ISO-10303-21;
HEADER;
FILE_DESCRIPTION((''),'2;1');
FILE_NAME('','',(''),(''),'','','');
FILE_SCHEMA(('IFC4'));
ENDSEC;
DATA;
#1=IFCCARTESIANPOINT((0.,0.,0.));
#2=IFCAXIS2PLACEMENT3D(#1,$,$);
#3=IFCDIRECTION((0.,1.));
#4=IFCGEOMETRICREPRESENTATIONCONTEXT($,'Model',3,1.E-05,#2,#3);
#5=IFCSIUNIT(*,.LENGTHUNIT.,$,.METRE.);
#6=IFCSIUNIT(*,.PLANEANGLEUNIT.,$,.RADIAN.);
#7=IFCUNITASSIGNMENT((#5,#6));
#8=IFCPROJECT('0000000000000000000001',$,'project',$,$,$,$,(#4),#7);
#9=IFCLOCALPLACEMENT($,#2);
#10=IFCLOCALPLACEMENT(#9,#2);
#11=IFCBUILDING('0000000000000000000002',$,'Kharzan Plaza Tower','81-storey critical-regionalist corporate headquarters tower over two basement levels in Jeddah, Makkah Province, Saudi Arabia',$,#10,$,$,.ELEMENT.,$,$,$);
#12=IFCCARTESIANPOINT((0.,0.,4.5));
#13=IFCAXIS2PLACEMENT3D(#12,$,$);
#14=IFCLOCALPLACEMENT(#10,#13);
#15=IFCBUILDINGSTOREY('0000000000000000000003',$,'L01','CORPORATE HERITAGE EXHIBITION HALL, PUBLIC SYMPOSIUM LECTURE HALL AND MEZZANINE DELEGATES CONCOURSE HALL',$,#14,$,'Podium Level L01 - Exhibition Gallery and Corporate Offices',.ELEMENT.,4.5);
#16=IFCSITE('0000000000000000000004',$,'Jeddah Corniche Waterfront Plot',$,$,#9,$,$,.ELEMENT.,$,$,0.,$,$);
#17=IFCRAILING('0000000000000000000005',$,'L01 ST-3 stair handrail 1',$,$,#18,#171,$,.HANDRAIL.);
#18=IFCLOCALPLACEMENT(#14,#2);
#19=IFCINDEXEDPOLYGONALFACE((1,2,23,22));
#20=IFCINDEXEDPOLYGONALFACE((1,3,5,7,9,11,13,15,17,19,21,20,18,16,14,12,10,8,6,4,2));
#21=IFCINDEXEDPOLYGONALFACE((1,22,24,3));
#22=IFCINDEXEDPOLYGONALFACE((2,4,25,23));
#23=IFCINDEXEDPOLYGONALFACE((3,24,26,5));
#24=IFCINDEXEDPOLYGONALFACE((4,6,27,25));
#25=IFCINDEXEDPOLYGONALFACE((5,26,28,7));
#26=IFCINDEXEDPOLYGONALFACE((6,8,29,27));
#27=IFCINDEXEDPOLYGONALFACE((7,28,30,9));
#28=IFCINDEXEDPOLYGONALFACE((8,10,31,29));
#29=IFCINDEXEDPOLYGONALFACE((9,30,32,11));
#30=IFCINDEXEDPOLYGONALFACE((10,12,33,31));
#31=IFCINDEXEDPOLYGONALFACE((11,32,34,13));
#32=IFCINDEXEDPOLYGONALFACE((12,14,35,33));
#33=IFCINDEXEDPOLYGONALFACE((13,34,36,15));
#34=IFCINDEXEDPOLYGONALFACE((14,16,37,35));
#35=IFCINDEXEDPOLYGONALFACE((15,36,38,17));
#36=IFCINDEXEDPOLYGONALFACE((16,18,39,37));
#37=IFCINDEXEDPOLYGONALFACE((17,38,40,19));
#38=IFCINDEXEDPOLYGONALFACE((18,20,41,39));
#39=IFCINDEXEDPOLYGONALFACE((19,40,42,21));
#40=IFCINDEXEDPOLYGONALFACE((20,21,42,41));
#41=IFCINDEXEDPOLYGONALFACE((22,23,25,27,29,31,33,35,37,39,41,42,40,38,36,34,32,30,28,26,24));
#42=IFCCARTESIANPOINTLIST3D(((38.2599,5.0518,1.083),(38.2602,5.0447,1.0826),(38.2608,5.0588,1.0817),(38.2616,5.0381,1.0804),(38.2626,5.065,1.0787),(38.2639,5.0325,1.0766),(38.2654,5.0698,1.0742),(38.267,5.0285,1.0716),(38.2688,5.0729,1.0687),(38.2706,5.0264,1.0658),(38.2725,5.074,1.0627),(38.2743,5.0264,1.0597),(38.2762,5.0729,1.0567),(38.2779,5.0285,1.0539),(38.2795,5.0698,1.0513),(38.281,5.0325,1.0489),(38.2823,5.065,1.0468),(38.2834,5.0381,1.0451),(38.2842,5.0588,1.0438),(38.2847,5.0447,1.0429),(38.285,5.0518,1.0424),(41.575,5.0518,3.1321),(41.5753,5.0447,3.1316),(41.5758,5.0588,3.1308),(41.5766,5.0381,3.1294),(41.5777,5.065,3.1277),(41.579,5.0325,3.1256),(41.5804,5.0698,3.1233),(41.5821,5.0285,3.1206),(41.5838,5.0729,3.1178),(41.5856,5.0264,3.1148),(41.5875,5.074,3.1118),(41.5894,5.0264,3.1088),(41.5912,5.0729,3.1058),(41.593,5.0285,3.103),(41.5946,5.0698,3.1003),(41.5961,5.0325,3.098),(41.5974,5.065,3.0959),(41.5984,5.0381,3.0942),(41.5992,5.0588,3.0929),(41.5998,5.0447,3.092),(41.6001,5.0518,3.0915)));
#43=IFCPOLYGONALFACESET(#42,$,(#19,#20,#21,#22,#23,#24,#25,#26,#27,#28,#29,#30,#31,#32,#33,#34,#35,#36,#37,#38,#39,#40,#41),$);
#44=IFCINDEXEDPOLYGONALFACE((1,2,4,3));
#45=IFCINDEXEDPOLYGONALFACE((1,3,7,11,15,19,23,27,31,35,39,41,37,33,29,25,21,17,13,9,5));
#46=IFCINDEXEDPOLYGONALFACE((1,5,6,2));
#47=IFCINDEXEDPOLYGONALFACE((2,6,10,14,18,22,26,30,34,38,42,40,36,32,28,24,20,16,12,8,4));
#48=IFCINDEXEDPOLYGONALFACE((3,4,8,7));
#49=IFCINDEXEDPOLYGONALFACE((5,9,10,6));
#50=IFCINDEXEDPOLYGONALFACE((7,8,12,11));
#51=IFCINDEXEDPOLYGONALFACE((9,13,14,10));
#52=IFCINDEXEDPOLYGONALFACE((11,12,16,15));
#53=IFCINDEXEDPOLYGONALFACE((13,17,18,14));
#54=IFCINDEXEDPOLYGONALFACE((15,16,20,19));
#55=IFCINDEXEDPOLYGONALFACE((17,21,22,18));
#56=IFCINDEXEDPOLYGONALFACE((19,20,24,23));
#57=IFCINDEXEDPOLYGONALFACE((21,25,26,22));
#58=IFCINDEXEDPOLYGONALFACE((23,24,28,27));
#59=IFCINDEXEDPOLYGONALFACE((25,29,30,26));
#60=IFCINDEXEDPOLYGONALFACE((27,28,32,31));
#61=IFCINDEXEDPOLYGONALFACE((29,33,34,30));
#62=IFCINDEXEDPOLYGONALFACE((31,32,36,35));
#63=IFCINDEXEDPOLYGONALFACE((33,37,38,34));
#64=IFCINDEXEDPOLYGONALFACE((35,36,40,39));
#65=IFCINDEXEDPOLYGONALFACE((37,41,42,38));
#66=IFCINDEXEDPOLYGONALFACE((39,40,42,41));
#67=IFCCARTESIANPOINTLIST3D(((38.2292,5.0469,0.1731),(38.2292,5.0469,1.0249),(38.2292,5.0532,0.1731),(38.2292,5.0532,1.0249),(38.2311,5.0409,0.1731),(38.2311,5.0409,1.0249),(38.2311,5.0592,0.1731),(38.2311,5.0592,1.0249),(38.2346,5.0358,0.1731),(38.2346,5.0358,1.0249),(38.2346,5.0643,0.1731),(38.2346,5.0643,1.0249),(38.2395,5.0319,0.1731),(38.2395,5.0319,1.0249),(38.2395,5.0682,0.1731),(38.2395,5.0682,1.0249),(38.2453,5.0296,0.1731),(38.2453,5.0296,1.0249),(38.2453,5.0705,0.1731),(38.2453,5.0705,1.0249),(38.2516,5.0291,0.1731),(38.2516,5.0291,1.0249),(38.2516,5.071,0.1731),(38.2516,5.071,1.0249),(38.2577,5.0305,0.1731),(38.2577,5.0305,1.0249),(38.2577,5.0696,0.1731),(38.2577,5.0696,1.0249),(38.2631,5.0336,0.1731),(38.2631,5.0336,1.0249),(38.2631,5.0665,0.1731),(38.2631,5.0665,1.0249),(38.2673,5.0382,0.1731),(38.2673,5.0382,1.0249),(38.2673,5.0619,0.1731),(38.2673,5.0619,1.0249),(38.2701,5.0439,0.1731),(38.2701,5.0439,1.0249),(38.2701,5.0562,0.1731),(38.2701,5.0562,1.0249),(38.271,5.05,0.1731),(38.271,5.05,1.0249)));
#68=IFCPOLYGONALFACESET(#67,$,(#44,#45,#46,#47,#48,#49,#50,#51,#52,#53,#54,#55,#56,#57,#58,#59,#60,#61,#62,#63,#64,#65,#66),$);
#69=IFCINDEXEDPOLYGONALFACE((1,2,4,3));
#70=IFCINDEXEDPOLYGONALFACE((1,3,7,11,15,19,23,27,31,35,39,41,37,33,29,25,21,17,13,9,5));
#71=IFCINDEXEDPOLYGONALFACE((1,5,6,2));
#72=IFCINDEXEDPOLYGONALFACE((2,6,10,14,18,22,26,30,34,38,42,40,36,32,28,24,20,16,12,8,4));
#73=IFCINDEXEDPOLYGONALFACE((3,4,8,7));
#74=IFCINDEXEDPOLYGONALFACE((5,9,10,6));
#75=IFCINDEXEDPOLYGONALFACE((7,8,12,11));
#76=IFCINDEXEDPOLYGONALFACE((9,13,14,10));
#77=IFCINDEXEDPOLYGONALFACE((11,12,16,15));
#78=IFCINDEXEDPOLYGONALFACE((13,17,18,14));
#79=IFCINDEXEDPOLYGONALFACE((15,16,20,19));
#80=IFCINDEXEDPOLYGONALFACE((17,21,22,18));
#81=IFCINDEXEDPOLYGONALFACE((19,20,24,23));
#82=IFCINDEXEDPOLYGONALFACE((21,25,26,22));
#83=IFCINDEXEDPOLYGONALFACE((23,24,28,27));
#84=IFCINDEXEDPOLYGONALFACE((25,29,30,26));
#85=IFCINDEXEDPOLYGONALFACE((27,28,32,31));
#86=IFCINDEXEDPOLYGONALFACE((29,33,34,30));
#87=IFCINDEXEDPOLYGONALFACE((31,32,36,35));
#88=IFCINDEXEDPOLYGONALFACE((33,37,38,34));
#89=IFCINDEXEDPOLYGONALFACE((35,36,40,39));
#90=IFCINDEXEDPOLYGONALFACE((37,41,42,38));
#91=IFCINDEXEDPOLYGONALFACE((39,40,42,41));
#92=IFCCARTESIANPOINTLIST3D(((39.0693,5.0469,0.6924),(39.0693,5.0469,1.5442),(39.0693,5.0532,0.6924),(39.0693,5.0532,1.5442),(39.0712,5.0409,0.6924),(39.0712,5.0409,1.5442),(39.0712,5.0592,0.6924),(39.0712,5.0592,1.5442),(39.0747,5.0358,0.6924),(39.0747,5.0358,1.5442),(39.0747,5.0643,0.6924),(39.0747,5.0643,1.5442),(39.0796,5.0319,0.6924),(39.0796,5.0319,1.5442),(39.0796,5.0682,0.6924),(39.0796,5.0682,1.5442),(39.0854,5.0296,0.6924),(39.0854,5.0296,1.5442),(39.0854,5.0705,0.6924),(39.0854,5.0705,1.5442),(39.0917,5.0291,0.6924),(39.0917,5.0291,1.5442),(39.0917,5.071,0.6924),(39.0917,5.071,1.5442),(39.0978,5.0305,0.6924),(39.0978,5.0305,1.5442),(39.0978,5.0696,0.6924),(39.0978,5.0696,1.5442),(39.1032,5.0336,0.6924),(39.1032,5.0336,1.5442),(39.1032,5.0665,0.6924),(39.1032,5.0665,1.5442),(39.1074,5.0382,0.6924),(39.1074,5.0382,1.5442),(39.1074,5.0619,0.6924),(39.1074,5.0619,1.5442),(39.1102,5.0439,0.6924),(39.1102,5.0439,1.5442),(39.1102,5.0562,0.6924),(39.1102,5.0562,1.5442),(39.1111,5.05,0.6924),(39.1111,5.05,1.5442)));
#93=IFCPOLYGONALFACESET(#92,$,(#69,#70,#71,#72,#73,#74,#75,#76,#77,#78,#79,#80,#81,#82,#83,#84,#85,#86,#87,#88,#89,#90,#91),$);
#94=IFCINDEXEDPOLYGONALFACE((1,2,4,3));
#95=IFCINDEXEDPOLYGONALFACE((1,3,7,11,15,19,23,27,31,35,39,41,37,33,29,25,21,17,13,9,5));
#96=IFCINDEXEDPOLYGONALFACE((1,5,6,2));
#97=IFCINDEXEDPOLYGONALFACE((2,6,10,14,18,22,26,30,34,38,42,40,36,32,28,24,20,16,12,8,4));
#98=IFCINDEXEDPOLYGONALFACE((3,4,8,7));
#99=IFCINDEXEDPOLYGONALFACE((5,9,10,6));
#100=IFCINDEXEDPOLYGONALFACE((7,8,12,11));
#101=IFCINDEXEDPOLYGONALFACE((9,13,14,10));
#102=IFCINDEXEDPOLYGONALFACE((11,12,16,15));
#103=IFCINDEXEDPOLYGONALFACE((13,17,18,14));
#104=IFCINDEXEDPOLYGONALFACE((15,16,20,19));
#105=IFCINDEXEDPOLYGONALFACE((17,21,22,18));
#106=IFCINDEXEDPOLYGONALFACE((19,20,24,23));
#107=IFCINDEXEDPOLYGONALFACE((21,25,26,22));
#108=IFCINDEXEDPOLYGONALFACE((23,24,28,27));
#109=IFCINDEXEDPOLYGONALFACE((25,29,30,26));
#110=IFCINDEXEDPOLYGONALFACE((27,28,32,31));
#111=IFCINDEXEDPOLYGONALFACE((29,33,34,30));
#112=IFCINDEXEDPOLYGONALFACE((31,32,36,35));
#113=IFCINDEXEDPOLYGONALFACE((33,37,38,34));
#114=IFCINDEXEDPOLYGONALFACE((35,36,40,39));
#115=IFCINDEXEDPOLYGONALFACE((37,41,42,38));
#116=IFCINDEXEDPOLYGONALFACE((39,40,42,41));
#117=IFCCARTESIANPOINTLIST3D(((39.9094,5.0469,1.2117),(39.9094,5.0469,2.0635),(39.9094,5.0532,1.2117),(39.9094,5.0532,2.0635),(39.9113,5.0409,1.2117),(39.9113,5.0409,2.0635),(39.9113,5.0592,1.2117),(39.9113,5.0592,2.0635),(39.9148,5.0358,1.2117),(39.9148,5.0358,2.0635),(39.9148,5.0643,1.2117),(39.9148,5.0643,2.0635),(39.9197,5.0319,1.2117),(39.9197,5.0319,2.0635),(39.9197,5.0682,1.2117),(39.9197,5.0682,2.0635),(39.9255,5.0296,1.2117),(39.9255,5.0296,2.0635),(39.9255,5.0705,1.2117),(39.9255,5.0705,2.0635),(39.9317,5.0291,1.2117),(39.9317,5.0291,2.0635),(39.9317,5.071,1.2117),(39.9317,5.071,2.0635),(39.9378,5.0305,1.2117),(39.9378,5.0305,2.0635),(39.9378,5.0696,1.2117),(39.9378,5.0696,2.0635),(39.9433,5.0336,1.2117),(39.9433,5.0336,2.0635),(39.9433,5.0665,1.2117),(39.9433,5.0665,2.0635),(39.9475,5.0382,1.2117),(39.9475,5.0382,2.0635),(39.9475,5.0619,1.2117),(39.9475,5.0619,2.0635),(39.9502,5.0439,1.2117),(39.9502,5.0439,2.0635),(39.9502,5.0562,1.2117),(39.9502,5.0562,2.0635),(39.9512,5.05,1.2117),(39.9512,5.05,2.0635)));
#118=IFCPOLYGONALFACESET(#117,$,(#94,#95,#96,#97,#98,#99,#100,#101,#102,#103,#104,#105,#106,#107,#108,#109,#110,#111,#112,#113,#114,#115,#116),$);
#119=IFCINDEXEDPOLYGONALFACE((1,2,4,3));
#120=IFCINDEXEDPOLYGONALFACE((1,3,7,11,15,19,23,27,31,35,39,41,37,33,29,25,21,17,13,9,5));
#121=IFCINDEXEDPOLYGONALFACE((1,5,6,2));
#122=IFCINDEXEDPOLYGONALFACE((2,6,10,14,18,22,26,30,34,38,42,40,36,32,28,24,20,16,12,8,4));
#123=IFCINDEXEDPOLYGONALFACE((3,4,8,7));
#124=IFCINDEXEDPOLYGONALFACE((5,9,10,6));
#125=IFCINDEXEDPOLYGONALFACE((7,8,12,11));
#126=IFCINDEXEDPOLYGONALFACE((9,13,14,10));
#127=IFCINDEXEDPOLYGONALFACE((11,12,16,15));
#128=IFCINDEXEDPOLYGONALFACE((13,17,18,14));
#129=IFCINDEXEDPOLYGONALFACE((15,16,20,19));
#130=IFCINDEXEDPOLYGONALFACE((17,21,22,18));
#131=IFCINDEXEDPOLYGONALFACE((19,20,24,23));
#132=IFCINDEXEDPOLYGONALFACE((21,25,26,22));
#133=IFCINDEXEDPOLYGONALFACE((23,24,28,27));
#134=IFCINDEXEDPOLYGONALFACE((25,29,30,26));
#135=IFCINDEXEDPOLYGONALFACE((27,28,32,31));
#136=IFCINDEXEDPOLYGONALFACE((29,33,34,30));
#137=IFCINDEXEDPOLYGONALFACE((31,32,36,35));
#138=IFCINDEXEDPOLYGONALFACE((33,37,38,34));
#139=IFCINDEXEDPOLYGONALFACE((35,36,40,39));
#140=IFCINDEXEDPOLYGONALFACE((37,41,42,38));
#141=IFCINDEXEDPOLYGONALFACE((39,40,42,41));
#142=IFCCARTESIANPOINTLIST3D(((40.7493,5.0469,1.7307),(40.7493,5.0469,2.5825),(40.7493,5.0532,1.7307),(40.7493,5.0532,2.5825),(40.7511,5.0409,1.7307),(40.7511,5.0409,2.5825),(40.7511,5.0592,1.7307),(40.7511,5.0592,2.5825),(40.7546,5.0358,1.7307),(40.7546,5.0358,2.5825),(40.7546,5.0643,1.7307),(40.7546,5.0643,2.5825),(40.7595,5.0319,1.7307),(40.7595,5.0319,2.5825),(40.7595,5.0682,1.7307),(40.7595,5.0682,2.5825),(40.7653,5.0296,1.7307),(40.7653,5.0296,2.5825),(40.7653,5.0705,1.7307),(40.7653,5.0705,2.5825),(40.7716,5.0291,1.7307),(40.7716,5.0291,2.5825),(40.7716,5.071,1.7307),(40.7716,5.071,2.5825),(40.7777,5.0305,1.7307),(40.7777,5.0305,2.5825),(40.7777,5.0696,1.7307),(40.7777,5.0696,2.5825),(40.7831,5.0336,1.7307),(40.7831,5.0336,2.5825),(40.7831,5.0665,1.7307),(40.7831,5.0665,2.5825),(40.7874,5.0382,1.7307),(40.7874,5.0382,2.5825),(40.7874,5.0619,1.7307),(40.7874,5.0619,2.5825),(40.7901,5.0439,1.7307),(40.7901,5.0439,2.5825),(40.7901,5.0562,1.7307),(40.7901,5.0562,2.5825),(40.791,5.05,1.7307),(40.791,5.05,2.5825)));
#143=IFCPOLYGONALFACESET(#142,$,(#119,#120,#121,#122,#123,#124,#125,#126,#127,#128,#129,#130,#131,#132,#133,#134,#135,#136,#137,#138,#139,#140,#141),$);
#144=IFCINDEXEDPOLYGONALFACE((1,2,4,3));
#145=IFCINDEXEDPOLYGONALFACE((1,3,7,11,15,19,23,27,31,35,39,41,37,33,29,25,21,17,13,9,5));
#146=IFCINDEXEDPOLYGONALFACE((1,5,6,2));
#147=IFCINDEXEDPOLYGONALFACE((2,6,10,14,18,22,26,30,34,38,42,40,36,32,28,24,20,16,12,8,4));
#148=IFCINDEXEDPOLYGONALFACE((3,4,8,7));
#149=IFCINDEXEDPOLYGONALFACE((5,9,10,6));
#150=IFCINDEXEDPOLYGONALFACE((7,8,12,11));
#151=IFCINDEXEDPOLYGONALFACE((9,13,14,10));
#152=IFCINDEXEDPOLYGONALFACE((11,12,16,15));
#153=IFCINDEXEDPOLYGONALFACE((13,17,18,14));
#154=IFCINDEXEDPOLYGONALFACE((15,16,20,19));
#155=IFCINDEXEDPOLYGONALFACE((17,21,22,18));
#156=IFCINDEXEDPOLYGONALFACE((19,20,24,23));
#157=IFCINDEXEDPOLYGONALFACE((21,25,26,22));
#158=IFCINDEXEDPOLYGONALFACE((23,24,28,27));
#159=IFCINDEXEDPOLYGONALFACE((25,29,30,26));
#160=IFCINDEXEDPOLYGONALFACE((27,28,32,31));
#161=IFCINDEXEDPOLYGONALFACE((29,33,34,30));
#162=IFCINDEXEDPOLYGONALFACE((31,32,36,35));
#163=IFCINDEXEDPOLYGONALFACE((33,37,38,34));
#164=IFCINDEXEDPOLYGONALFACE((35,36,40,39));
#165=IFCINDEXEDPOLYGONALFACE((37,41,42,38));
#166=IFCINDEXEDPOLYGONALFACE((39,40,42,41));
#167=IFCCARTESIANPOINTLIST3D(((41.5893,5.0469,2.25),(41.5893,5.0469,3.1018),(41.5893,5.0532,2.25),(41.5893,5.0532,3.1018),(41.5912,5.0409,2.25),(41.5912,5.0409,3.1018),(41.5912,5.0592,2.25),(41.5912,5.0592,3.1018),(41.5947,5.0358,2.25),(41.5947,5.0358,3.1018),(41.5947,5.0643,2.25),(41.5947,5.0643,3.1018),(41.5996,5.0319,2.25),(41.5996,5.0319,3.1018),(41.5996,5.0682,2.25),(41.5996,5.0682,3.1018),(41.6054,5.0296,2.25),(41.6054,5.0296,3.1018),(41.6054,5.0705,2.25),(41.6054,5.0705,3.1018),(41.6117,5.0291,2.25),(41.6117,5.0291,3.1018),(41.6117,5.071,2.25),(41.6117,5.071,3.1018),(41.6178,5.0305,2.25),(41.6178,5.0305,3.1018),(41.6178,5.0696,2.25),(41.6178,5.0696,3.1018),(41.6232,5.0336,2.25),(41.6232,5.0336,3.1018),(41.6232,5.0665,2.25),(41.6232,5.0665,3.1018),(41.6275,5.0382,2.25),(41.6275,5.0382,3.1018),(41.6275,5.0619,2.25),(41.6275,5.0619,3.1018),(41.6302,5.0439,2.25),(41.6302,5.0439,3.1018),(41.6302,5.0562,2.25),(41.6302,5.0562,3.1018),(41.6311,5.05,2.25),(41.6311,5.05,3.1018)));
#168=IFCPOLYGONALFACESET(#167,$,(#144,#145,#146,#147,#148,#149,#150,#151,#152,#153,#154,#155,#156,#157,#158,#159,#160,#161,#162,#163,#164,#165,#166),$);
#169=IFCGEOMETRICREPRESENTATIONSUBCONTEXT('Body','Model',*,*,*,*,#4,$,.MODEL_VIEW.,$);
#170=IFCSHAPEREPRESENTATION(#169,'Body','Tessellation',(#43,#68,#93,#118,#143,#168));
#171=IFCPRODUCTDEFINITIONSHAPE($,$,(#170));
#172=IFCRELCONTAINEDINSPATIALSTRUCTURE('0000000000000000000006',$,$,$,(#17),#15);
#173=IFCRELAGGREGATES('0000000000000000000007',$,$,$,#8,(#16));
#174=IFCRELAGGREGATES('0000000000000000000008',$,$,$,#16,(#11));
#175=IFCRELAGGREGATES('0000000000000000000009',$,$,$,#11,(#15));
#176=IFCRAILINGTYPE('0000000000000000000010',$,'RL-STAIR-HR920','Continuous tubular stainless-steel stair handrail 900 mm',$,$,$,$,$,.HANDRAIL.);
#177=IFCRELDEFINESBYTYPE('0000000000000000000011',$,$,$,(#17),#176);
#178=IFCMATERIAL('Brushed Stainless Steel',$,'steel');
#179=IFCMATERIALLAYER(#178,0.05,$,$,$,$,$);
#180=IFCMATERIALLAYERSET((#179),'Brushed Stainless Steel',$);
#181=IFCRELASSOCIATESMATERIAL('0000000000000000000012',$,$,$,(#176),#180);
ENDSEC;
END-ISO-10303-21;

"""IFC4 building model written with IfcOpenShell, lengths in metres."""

from ifc_helpers import new_model, si_unit, direction, frame, origin, origin_2d, place, context, subcontext, project, spatial, circle, extrude, source, transform, mapped, material, layer, layer_set, type_object, element, save


model = new_model("IFC4")

# Units and contexts
model_context = context("Model", 3, precision=1e-05, world=origin(), true_north=direction((0.0, 1.0)))
body_context = subcontext(model_context, "Body", "Model", "MODEL_VIEW")
ifc_project = project(units=[si_unit("LENGTHUNIT", "METRE"), si_unit("PLANEANGLEUNIT", "RADIAN")], contexts=[model_context])

# Site, building, storey
site_placement = place(None, origin())
site = spatial("IfcSite", under=ifc_project, at=site_placement, Name="Jeddah Corniche Waterfront Plot", CompositionType="ELEMENT", RefElevation=0.0)
building_placement = place(site_placement, origin())
building = spatial("IfcBuilding", under=site, at=building_placement, Name="Kharzan Plaza Tower", Description="81-storey critical-regionalist corporate headquarters tower over two basement levels in Jeddah, Makkah Province, Saudi Arabia", CompositionType="ELEMENT")
storey_placement = place(building_placement, frame((0.0, 0.0, 4.5)))
storey = spatial("IfcBuildingStorey", under=building, at=storey_placement, Name="L01", Description="CORPORATE HERITAGE EXHIBITION HALL, PUBLIC SYMPOSIUM LECTURE HALL AND MEZZANINE DELEGATES CONCOURSE HALL", LongName="Podium Level L01 - Exhibition Gallery and Corporate Offices", CompositionType="ELEMENT", Elevation=4.5)

# Shared definitions
ifc_material_1 = material(Name="Brushed Stainless Steel", Category="steel")

# Railing
ifc_layer_1 = layer(ifc_material_1, 0.05)
ifc_layer_set_1 = layer_set([ifc_layer_1], Name="Brushed Stainless Steel")
railing_type_1 = type_object("IfcRailingType", Name="RL-STAIR-HR920", Description="Continuous tubular stainless-steel stair handrail 900 mm", PredefinedType="HANDRAIL", material=ifc_layer_set_1)
shared_shape_1 = source(origin(), body_context, "Body", "SweptSolid", [
    extrude(circle(Radius=0.0239, at=origin_2d()), frame((0.0225, 0.0, 0.8896), z_axis=(0.850623, 0.0, 0.525776), x_axis=(0.0, 1.0, 0.0)), (0.0, 0.0, 1.0), 3.8972),
    extrude(circle(Radius=0.021, at=origin_2d()), origin(), (0.0, 0.0, 1.0), 0.8518),
    extrude(circle(Radius=0.021, at=origin_2d()), frame((0.8401, 0.0, 0.5193)), (0.0, 0.0, 1.0), 0.8518),
    extrude(circle(Radius=0.021, at=origin_2d()), frame((1.6802, 0.0, 1.0386)), (0.0, 0.0, 1.0), 0.8518),
    extrude(circle(Radius=0.021, at=origin_2d()), frame((2.52, 0.0, 1.5576)), (0.0, 0.0, 1.0), 0.8518),
    extrude(circle(Radius=0.021, at=origin_2d()), frame((3.3601, 0.0, 2.0769)), (0.0, 0.0, 1.0), 0.8518),
])
railing_1_placement = place(storey_placement, frame((38.25, 5.05, 0.1731)))
element("IfcRailing", 1, at=railing_1_placement, inside=storey, type_object=railing_type_1, Name="L01 ST-3 stair handrail 1", PredefinedType="HANDRAIL", context=body_context, shape_type="MappedRepresentation", body=[
    mapped(shared_shape_1, transform((0.0, 0.0, 0.0), x_axis=(1.0, 0.0, 0.0), y_axis=(0.0, 1.0, 0.0), z_axis=(0.0, 0.0, 1.0))),
])

save(model, "model.ifc")
